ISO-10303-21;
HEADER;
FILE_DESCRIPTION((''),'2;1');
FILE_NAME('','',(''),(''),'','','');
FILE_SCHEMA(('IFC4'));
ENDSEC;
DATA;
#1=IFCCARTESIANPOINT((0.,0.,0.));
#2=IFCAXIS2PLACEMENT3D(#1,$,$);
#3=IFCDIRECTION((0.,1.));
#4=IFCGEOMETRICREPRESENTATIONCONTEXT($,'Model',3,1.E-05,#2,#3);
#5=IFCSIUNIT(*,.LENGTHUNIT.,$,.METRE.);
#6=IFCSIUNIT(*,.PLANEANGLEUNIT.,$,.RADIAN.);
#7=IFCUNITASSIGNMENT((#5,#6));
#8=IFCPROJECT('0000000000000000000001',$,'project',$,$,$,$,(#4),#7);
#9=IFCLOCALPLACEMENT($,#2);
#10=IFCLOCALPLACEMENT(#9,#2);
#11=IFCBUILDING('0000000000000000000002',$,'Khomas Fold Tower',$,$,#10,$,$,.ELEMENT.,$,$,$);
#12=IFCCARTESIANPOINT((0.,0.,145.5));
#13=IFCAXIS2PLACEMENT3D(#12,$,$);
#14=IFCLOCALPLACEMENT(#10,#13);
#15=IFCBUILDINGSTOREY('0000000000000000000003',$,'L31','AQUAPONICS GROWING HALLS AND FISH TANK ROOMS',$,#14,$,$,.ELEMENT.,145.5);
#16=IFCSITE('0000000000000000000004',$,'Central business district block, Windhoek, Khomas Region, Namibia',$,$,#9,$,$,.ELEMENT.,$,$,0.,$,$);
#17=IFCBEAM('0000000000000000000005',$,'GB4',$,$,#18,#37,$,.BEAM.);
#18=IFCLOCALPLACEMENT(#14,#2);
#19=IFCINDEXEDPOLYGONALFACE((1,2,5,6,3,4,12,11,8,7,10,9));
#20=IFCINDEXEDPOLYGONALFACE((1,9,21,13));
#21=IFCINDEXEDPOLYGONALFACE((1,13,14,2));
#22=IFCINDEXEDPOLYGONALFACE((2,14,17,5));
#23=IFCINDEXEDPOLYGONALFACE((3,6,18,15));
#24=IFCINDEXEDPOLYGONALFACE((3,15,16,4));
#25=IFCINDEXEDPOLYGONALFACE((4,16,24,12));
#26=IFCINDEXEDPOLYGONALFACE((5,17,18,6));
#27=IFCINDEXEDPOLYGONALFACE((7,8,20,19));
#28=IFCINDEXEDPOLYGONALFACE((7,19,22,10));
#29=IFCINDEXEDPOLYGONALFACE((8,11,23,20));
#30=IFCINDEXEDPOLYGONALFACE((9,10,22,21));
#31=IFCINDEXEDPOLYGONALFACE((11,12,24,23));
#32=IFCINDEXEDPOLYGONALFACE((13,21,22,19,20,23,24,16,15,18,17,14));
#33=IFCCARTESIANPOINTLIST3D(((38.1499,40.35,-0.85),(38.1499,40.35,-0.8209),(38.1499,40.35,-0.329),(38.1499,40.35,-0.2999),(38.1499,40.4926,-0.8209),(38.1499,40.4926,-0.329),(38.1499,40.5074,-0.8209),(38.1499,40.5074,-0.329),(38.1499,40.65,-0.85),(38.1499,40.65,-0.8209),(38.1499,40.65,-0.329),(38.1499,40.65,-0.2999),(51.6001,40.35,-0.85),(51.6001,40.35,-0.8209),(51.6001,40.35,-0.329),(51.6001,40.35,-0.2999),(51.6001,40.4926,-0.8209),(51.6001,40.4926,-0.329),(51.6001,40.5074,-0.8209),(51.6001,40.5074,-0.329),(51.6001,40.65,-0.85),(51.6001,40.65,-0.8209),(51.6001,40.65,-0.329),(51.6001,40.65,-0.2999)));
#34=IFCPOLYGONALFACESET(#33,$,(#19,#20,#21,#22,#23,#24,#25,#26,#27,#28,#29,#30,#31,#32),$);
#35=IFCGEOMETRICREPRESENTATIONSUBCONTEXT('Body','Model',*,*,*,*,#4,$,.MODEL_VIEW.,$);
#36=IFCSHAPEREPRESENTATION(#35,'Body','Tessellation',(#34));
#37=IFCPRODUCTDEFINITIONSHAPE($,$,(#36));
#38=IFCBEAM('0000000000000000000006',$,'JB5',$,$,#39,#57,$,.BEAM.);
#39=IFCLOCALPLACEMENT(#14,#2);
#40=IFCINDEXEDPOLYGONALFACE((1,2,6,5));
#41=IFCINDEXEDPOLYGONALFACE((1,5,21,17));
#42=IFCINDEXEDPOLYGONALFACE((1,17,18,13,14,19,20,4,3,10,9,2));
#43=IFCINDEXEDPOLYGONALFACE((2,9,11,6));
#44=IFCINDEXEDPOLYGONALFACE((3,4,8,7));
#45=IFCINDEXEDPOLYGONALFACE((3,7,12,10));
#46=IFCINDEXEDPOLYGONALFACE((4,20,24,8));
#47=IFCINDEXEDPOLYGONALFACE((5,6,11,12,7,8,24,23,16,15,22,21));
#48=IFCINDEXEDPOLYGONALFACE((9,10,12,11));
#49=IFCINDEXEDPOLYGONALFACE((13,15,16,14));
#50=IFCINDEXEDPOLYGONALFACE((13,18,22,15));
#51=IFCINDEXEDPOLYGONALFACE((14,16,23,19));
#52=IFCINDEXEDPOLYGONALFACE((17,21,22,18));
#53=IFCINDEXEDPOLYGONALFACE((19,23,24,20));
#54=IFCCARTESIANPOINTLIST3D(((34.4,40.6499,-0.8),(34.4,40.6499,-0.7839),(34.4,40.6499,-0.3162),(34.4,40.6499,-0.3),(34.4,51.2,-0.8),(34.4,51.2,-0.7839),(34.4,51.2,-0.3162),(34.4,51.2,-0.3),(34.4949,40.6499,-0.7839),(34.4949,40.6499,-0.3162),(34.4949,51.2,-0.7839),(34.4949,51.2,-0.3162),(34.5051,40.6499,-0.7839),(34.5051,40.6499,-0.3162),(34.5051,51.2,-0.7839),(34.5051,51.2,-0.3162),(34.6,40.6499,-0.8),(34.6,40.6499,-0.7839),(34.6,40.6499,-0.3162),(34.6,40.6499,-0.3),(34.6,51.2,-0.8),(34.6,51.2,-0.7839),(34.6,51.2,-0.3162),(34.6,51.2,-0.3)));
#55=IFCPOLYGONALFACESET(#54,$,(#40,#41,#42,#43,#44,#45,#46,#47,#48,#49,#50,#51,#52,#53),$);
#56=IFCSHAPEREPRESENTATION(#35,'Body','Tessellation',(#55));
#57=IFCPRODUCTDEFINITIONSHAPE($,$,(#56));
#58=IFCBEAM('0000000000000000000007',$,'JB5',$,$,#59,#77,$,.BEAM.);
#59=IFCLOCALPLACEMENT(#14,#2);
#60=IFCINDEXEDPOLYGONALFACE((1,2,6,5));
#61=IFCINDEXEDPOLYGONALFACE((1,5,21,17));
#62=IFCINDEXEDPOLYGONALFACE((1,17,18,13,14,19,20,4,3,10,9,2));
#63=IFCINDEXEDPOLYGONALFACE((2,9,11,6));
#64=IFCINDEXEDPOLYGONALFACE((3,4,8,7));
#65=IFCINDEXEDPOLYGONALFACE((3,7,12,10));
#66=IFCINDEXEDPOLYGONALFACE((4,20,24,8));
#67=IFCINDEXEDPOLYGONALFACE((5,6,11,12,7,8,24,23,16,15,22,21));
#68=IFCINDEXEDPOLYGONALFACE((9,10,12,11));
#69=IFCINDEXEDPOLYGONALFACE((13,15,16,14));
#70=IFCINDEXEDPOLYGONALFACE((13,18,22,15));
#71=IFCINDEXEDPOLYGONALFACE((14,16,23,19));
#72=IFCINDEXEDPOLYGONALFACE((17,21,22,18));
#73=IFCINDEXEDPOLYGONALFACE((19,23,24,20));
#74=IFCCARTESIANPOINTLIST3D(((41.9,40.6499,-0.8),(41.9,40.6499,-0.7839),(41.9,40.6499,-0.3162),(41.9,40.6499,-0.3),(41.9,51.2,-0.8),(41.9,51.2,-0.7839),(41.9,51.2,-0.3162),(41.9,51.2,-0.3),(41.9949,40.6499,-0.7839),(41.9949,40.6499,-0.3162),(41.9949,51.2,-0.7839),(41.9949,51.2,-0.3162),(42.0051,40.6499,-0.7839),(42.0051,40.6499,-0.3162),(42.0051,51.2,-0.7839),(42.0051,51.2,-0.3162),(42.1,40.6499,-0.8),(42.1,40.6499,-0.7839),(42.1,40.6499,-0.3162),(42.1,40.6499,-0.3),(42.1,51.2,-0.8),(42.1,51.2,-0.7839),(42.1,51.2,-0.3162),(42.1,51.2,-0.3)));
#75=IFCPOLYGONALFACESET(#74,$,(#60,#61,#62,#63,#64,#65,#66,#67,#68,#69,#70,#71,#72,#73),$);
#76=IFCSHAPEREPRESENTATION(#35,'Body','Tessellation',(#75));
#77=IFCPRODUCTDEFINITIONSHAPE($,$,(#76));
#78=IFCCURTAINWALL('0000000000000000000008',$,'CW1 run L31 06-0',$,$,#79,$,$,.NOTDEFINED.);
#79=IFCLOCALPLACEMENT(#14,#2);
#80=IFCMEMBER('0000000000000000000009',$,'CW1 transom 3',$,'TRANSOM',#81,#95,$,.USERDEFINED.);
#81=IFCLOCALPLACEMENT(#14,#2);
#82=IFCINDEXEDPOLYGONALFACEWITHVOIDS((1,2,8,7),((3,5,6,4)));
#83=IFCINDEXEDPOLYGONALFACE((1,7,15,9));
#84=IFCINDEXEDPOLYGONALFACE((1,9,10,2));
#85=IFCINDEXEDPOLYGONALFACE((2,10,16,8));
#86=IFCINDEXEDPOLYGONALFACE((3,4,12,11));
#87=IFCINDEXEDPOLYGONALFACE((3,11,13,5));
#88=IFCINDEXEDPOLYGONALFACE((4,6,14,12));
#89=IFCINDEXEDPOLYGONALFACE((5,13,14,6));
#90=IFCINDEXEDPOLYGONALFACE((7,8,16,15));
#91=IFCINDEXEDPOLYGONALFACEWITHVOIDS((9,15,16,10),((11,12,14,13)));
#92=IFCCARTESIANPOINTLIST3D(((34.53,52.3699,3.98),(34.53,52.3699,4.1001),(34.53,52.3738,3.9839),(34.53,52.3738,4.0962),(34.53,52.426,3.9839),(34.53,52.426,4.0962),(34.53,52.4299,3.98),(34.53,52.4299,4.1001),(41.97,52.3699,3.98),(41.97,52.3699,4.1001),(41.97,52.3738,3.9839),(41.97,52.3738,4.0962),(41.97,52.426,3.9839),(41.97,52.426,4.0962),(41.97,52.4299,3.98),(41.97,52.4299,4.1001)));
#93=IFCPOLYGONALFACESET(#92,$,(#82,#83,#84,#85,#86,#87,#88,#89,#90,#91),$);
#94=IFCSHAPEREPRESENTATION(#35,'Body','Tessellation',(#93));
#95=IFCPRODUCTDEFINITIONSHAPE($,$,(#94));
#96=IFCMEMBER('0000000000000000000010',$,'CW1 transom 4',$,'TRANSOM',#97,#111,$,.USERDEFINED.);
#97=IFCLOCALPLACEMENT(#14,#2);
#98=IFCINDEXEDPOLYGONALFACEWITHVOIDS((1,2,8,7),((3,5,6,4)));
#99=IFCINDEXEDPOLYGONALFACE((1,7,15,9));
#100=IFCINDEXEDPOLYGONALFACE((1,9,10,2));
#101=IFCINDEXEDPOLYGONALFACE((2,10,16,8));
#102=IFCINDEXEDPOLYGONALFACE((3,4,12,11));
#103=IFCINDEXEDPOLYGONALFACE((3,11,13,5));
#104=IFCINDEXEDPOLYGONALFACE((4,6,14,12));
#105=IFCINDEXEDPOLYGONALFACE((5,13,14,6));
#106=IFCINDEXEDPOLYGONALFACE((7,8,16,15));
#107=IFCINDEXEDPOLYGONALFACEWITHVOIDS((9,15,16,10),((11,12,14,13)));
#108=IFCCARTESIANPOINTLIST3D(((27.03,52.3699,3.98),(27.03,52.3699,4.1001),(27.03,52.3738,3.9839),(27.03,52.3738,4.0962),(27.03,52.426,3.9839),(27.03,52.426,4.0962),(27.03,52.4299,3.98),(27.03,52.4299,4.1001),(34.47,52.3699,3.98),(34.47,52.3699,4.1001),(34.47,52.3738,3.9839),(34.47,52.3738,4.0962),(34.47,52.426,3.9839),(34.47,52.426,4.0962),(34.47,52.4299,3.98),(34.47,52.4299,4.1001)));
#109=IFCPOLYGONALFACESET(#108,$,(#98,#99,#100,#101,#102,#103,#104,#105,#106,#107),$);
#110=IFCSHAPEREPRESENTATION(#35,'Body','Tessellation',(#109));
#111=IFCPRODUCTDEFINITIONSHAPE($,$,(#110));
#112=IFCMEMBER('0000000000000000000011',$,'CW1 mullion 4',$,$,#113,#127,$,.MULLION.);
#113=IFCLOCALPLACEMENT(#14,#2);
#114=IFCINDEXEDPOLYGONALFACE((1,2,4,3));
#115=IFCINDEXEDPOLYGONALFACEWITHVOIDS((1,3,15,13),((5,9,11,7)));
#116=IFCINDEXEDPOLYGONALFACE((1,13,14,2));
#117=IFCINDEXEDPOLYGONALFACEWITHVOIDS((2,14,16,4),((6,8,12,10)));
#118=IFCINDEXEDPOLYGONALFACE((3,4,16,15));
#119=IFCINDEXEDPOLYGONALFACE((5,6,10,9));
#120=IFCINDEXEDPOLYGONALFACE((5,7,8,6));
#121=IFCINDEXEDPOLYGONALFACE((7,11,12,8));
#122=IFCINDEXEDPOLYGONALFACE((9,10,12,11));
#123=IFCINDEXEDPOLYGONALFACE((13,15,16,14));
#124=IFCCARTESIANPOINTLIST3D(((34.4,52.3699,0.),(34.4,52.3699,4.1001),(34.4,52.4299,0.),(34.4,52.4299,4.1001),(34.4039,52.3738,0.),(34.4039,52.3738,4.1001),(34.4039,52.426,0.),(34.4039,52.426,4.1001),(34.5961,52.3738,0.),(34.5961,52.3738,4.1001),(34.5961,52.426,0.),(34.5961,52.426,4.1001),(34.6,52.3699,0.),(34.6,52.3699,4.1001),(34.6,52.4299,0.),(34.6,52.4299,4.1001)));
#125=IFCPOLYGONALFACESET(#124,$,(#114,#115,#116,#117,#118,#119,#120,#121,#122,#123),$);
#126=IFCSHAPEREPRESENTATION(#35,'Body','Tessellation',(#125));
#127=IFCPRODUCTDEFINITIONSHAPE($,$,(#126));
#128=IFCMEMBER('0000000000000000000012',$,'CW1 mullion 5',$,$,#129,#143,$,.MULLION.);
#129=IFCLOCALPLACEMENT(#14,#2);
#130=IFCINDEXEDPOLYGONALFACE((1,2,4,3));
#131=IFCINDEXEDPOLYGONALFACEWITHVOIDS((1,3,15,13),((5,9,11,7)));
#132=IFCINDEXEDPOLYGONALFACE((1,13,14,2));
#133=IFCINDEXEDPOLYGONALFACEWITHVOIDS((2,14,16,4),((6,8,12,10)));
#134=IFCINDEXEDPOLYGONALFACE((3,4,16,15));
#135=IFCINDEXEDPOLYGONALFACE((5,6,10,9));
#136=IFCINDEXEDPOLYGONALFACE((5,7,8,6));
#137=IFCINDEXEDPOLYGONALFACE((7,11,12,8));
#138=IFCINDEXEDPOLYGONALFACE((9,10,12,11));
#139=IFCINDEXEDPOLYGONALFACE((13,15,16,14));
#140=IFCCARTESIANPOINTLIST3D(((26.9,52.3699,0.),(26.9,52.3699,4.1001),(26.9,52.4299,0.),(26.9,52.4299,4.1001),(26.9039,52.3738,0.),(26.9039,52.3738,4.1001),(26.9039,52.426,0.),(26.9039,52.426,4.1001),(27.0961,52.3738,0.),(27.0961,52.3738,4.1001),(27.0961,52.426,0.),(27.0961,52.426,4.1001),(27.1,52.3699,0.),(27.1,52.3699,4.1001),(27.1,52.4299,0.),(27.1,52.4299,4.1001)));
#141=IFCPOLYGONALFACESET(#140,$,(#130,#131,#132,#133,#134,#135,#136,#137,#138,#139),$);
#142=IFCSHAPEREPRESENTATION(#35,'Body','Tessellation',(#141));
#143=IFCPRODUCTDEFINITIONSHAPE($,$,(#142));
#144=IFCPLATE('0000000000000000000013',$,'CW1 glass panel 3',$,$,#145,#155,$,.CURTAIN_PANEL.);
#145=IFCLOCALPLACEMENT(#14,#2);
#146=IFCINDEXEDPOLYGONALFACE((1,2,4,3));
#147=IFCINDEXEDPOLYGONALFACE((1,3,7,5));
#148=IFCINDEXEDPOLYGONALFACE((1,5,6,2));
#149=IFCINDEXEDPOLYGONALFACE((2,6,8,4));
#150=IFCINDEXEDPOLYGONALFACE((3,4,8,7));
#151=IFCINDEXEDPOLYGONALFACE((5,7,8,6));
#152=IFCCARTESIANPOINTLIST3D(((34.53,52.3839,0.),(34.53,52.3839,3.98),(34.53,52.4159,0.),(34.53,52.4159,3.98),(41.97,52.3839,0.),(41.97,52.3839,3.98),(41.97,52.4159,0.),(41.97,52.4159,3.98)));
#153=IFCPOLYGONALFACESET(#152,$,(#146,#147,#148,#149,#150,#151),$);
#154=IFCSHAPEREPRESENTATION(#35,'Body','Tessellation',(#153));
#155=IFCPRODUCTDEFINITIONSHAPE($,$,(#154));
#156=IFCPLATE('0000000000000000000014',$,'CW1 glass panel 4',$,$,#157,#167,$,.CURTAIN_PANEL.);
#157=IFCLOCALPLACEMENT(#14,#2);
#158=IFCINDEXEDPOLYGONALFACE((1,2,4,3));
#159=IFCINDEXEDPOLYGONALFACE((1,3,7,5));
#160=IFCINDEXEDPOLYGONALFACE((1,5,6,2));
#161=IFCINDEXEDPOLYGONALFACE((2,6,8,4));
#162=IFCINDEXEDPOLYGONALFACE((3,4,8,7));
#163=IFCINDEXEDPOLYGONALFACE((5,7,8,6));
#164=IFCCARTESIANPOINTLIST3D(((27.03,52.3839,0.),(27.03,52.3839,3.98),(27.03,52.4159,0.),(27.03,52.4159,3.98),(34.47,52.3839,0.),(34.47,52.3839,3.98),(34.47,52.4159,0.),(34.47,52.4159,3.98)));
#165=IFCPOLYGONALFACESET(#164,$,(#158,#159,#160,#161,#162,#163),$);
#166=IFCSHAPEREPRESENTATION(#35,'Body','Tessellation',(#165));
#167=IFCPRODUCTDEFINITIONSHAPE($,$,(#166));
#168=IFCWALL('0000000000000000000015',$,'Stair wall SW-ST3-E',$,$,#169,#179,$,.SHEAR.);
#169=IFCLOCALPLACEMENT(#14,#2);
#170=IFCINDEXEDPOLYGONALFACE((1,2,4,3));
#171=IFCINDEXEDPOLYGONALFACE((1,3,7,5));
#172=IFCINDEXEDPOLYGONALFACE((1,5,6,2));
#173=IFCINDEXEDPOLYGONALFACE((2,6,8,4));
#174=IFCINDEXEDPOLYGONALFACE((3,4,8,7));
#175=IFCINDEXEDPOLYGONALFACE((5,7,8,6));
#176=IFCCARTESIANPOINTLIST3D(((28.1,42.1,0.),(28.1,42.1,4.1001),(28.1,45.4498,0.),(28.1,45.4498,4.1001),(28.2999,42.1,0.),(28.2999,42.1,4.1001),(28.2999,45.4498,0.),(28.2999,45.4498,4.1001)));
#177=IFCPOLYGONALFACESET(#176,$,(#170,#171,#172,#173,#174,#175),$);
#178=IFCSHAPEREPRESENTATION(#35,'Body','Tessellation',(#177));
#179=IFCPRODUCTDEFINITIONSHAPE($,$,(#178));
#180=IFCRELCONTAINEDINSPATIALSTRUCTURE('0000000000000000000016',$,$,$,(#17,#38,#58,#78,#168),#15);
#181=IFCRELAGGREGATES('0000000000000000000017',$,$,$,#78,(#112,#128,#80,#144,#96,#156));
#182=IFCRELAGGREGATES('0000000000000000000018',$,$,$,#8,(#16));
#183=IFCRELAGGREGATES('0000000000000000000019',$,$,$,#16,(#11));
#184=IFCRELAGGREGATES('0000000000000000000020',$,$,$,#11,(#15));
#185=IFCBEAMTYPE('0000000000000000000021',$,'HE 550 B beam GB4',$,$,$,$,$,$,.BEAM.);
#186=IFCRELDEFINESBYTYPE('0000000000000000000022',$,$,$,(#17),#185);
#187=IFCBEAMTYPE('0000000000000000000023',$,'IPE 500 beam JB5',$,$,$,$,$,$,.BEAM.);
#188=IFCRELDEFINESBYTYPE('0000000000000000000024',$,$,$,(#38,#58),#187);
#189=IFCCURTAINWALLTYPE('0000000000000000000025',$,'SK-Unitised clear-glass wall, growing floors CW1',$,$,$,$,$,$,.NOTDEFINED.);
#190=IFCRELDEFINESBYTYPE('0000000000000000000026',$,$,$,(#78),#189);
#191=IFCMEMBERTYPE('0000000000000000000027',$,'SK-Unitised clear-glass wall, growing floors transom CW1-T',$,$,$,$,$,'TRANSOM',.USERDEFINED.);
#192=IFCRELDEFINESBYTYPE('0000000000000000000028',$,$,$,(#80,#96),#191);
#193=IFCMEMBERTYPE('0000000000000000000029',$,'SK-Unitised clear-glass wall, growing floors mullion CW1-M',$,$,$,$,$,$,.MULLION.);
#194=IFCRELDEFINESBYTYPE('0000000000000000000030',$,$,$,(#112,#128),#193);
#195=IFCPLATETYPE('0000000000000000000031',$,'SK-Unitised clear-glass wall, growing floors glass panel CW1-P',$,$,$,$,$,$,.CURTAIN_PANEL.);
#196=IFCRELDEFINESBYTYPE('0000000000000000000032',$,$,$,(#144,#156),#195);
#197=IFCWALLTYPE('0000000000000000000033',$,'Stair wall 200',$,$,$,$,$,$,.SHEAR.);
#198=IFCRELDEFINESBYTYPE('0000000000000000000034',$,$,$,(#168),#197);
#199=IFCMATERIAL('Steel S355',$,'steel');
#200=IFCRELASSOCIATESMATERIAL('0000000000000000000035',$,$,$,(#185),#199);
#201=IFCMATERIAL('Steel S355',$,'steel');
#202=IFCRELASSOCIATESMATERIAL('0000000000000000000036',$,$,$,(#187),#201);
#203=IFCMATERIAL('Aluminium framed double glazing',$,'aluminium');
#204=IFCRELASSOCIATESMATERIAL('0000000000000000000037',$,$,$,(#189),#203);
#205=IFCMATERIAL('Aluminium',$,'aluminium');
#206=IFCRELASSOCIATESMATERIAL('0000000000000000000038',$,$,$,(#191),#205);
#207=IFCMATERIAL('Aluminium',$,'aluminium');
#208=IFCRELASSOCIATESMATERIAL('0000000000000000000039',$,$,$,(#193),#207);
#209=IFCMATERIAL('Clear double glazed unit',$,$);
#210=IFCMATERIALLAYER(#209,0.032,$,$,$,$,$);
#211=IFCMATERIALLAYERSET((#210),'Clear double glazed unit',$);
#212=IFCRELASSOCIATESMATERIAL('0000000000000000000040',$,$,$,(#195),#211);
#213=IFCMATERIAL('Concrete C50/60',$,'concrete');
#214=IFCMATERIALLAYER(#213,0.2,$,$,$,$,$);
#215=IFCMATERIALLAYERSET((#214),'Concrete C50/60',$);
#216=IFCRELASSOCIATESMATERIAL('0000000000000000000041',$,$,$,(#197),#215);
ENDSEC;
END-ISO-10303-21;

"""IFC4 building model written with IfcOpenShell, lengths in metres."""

from ifc_helpers import new_model, si_unit, direction, frame, frame_2d, origin, origin_2d, place, context, subcontext, project, spatial, rectangle, hollow_rectangle, i_section, extrude, source, transform, mapped, material, layer, layer_set, material_profile, profile_set, type_object, element, aggregate, save


model = new_model("IFC4")

# Units and contexts
model_context = context("Model", 3, precision=1e-05, world=origin(), true_north=direction((0.0, 1.0)))
body_context = subcontext(model_context, "Body", "Model", "MODEL_VIEW")
ifc_project = project(units=[si_unit("LENGTHUNIT", "METRE"), si_unit("PLANEANGLEUNIT", "RADIAN")], contexts=[model_context])

# Site, building, storey
site_placement = place(None, origin())
site = spatial("IfcSite", under=ifc_project, at=site_placement, Name="Central business district block, Windhoek, Khomas Region, Namibia", CompositionType="ELEMENT", RefElevation=0.0)
building_placement = place(site_placement, origin())
building = spatial("IfcBuilding", under=site, at=building_placement, Name="Khomas Fold Tower", CompositionType="ELEMENT")
storey_placement = place(building_placement, frame((0.0, 0.0, 145.5)))
storey = spatial("IfcBuildingStorey", under=building, at=storey_placement, Name="L31", Description="AQUAPONICS GROWING HALLS AND FISH TANK ROOMS", CompositionType="ELEMENT", Elevation=145.5)

# Beams
ifc_material_1 = material(Name="Steel S355", Category="steel")
ifc_material_profile_1 = material_profile(ifc_material_1, i_section(OverallWidth=0.3, OverallDepth=0.55, WebThickness=0.0149, FlangeThickness=0.0291, at=origin_2d()), Name="HE 550 B")
ifc_profile_set_1 = profile_set([ifc_material_profile_1], Name="Steel S355")
beam_type_1 = type_object("IfcBeamType", Name="HE 550 B beam GB4", PredefinedType="BEAM", material=ifc_profile_set_1)
shared_shape_1 = source(origin(), body_context, "Body", "SweptSolid", [
    extrude(i_section(OverallWidth=0.3, OverallDepth=0.55, WebThickness=0.0149, FlangeThickness=0.0291, at=origin_2d()), origin(), (0.0, 0.0, 1.0), 13.4502),
])
for number, where, z_axis, x_axis, name in (
    (1, (38.1499, 40.5, -0.575), (1.0, 0.0, 0.0), (0.0, 1.0, 0.0), "GB4"),
):
    element("IfcBeam", number, at=place(storey_placement, frame(where, z_axis=z_axis, x_axis=x_axis)), inside=storey, type_object=beam_type_1, Name=name, PredefinedType="BEAM", context=body_context, shape_type="MappedRepresentation", body=[
        mapped(shared_shape_1, transform((0.0, 0.0, 0.0))),
    ])
ifc_material_2 = material(Name="Steel S355", Category="steel")
ifc_material_profile_2 = material_profile(ifc_material_2, i_section(OverallWidth=0.2, OverallDepth=0.5, WebThickness=0.0103, FlangeThickness=0.0161, at=origin_2d()), Name="IPE 500")
ifc_profile_set_2 = profile_set([ifc_material_profile_2], Name="Steel S355")
beam_type_2 = type_object("IfcBeamType", Name="IPE 500 beam JB5", PredefinedType="BEAM", material=ifc_profile_set_2)
shared_shape_2 = source(origin(), body_context, "Body", "SweptSolid", [
    extrude(i_section(OverallWidth=0.2, OverallDepth=0.5, WebThickness=0.0103, FlangeThickness=0.0161, at=origin_2d()), origin(), (0.0, 0.0, 1.0), 10.55),
])
for number, where, z_axis, x_axis, name in (
    (2, (34.5, 40.6499, -0.55), (0.0, 1.0, 0.0), (-1.0, 0.0, 0.0), "JB5"),
    (3, (42.0, 40.6499, -0.55), (0.0, 1.0, 0.0), (-1.0, 0.0, 0.0), "JB5"),
):
    element("IfcBeam", number, at=place(storey_placement, frame(where, z_axis=z_axis, x_axis=x_axis)), inside=storey, type_object=beam_type_2, Name=name, PredefinedType="BEAM", context=body_context, shape_type="MappedRepresentation", body=[
        mapped(shared_shape_2, transform((0.0, 0.0, 0.0))),
    ])

# Curtain wall, members, plates
ifc_material_3 = material(Name="Aluminium framed double glazing", Category="aluminium")
curtain_wall_type = type_object("IfcCurtainWallType", Name="SK-Unitised clear-glass wall, growing floors CW1", PredefinedType="NOTDEFINED", material=ifc_material_3)
curtain_wall_placement = place(storey_placement, origin())
curtain_wall = element("IfcCurtainWall", 4, at=curtain_wall_placement, inside=storey, type_object=curtain_wall_type, Name="CW1 run L31 06-0", PredefinedType="NOTDEFINED")
ifc_material_4 = material(Name="Aluminium", Category="aluminium")
ifc_material_profile_3 = material_profile(ifc_material_4, hollow_rectangle(XDim=0.0601, YDim=0.1201, WallThickness=0.0039, at=origin_2d()), Name="SK-Unitised clear-glass wall, growing floors transom CW1-T")
ifc_profile_set_3 = profile_set([ifc_material_profile_3], Name="Aluminium")
member_type_1 = type_object("IfcMemberType", Name="SK-Unitised clear-glass wall, growing floors transom CW1-T", ElementType="TRANSOM", PredefinedType="USERDEFINED", material=ifc_profile_set_3)
shared_shape_3 = source(origin(), body_context, "Body", "SweptSolid", [
    extrude(hollow_rectangle(XDim=0.0601, YDim=0.1201, WallThickness=0.0039, at=origin_2d()), origin(), (0.0, 0.0, 1.0), 7.4399),
])
member_1_placement = place(storey_placement, frame((41.97, 52.3999, 4.04), z_axis=(-1.0, 0.0, 0.0), x_axis=(0.0, -1.0, 0.0)))
member_1 = element("IfcMember", 5, at=member_1_placement, type_object=member_type_1, Name="CW1 transom 3", ObjectType="TRANSOM", PredefinedType="USERDEFINED", context=body_context, shape_type="MappedRepresentation", body=[
    mapped(shared_shape_3, transform((0.0, 0.0, 0.0))),
])
member_2_placement = place(storey_placement, frame((34.47, 52.3999, 4.04), z_axis=(-1.0, 0.0, 0.0), x_axis=(0.0, -1.0, 0.0)))
member_2 = element("IfcMember", 6, at=member_2_placement, type_object=member_type_1, Name="CW1 transom 4", ObjectType="TRANSOM", PredefinedType="USERDEFINED", context=body_context, shape_type="MappedRepresentation", body=[
    mapped(shared_shape_3, transform((0.0, 0.0, 0.0))),
])
ifc_material_5 = material(Name="Aluminium", Category="aluminium")
ifc_material_profile_4 = material_profile(ifc_material_5, hollow_rectangle(XDim=0.0601, YDim=0.2, WallThickness=0.0039, at=origin_2d()), Name="SK-Unitised clear-glass wall, growing floors mullion CW1-M")
ifc_profile_set_4 = profile_set([ifc_material_profile_4], Name="Aluminium")
member_type_2 = type_object("IfcMemberType", Name="SK-Unitised clear-glass wall, growing floors mullion CW1-M", PredefinedType="MULLION", material=ifc_profile_set_4)
shared_shape_4 = source(origin(), body_context, "Body", "SweptSolid", [
    extrude(hollow_rectangle(XDim=0.0601, YDim=0.2, WallThickness=0.0039, at=origin_2d()), origin(), (0.0, 0.0, 1.0), 4.1001),
])
member_3_placement = place(storey_placement, frame((34.5, 52.3999, 0.0), z_axis=(0.0, 0.0, 1.0), x_axis=(0.0, -1.0, 0.0)))
member_3 = element("IfcMember", 7, at=member_3_placement, type_object=member_type_2, Name="CW1 mullion 4", PredefinedType="MULLION", context=body_context, shape_type="MappedRepresentation", body=[
    mapped(shared_shape_4, transform((0.0, 0.0, 0.0))),
])
member_4_placement = place(storey_placement, frame((27.0, 52.3999, 0.0), z_axis=(0.0, 0.0, 1.0), x_axis=(0.0, -1.0, 0.0)))
member_4 = element("IfcMember", 8, at=member_4_placement, type_object=member_type_2, Name="CW1 mullion 5", PredefinedType="MULLION", context=body_context, shape_type="MappedRepresentation", body=[
    mapped(shared_shape_4, transform((0.0, 0.0, 0.0))),
])
ifc_material_6 = material(Name="Clear double glazed unit")
ifc_layer_1 = layer(ifc_material_6, 0.032)
ifc_layer_set_1 = layer_set([ifc_layer_1], Name="Clear double glazed unit")
plate_type = type_object("IfcPlateType", Name="SK-Unitised clear-glass wall, growing floors glass panel CW1-P", PredefinedType="CURTAIN_PANEL", material=ifc_layer_set_1)
shared_shape_5 = source(origin(), body_context, "Body", "SweptSolid", [
    extrude(rectangle(XDim=7.4399, YDim=0.032, at=origin_2d()), origin(), (0.0, 0.0, 1.0), 3.98),
])
plate_1_placement = place(storey_placement, frame((38.25, 52.3999, 0.0), z_axis=(0.0, 0.0, 1.0), x_axis=(-1.0, 0.0, 0.0)))
plate_1 = element("IfcPlate", 9, at=plate_1_placement, type_object=plate_type, Name="CW1 glass panel 3", PredefinedType="CURTAIN_PANEL", context=body_context, shape_type="MappedRepresentation", body=[
    mapped(shared_shape_5, transform((0.0, 0.0, 0.0))),
])
plate_2_placement = place(storey_placement, frame((30.75, 52.3999, 0.0), z_axis=(0.0, 0.0, 1.0), x_axis=(-1.0, 0.0, 0.0)))
plate_2 = element("IfcPlate", 10, at=plate_2_placement, type_object=plate_type, Name="CW1 glass panel 4", PredefinedType="CURTAIN_PANEL", context=body_context, shape_type="MappedRepresentation", body=[
    mapped(shared_shape_5, transform((0.0, 0.0, 0.0))),
])
aggregate(curtain_wall, [member_3, member_4, member_1, plate_1, member_2, plate_2])

# Wall
ifc_material_7 = material(Name="Concrete C50/60", Category="concrete")
ifc_layer_2 = layer(ifc_material_7, 0.2)
ifc_layer_set_2 = layer_set([ifc_layer_2], Name="Concrete C50/60")
wall_type_1 = type_object("IfcWallType", Name="Stair wall 200", PredefinedType="SHEAR", material=ifc_layer_set_2)
shared_shape_6 = source(origin(), body_context, "Body", "SweptSolid", [
    extrude(rectangle(XDim=3.3499, YDim=0.2, at=frame_2d((1.6748, 0.0))), origin(), (0.0, 0.0, 1.0), 4.1001),
])
wall_1_placement = place(storey_placement, frame((28.2, 42.1001, 0.0), z_axis=(0.0, 0.0, 1.0), x_axis=(0.0, 1.0, 0.0)))
element("IfcWall", 11, at=wall_1_placement, inside=storey, type_object=wall_type_1, Name="Stair wall SW-ST3-E", PredefinedType="SHEAR", context=body_context, shape_type="MappedRepresentation", body=[
    mapped(shared_shape_6, transform((0.0, 0.0, 0.0))),
])

save(model, "model.ifc")
